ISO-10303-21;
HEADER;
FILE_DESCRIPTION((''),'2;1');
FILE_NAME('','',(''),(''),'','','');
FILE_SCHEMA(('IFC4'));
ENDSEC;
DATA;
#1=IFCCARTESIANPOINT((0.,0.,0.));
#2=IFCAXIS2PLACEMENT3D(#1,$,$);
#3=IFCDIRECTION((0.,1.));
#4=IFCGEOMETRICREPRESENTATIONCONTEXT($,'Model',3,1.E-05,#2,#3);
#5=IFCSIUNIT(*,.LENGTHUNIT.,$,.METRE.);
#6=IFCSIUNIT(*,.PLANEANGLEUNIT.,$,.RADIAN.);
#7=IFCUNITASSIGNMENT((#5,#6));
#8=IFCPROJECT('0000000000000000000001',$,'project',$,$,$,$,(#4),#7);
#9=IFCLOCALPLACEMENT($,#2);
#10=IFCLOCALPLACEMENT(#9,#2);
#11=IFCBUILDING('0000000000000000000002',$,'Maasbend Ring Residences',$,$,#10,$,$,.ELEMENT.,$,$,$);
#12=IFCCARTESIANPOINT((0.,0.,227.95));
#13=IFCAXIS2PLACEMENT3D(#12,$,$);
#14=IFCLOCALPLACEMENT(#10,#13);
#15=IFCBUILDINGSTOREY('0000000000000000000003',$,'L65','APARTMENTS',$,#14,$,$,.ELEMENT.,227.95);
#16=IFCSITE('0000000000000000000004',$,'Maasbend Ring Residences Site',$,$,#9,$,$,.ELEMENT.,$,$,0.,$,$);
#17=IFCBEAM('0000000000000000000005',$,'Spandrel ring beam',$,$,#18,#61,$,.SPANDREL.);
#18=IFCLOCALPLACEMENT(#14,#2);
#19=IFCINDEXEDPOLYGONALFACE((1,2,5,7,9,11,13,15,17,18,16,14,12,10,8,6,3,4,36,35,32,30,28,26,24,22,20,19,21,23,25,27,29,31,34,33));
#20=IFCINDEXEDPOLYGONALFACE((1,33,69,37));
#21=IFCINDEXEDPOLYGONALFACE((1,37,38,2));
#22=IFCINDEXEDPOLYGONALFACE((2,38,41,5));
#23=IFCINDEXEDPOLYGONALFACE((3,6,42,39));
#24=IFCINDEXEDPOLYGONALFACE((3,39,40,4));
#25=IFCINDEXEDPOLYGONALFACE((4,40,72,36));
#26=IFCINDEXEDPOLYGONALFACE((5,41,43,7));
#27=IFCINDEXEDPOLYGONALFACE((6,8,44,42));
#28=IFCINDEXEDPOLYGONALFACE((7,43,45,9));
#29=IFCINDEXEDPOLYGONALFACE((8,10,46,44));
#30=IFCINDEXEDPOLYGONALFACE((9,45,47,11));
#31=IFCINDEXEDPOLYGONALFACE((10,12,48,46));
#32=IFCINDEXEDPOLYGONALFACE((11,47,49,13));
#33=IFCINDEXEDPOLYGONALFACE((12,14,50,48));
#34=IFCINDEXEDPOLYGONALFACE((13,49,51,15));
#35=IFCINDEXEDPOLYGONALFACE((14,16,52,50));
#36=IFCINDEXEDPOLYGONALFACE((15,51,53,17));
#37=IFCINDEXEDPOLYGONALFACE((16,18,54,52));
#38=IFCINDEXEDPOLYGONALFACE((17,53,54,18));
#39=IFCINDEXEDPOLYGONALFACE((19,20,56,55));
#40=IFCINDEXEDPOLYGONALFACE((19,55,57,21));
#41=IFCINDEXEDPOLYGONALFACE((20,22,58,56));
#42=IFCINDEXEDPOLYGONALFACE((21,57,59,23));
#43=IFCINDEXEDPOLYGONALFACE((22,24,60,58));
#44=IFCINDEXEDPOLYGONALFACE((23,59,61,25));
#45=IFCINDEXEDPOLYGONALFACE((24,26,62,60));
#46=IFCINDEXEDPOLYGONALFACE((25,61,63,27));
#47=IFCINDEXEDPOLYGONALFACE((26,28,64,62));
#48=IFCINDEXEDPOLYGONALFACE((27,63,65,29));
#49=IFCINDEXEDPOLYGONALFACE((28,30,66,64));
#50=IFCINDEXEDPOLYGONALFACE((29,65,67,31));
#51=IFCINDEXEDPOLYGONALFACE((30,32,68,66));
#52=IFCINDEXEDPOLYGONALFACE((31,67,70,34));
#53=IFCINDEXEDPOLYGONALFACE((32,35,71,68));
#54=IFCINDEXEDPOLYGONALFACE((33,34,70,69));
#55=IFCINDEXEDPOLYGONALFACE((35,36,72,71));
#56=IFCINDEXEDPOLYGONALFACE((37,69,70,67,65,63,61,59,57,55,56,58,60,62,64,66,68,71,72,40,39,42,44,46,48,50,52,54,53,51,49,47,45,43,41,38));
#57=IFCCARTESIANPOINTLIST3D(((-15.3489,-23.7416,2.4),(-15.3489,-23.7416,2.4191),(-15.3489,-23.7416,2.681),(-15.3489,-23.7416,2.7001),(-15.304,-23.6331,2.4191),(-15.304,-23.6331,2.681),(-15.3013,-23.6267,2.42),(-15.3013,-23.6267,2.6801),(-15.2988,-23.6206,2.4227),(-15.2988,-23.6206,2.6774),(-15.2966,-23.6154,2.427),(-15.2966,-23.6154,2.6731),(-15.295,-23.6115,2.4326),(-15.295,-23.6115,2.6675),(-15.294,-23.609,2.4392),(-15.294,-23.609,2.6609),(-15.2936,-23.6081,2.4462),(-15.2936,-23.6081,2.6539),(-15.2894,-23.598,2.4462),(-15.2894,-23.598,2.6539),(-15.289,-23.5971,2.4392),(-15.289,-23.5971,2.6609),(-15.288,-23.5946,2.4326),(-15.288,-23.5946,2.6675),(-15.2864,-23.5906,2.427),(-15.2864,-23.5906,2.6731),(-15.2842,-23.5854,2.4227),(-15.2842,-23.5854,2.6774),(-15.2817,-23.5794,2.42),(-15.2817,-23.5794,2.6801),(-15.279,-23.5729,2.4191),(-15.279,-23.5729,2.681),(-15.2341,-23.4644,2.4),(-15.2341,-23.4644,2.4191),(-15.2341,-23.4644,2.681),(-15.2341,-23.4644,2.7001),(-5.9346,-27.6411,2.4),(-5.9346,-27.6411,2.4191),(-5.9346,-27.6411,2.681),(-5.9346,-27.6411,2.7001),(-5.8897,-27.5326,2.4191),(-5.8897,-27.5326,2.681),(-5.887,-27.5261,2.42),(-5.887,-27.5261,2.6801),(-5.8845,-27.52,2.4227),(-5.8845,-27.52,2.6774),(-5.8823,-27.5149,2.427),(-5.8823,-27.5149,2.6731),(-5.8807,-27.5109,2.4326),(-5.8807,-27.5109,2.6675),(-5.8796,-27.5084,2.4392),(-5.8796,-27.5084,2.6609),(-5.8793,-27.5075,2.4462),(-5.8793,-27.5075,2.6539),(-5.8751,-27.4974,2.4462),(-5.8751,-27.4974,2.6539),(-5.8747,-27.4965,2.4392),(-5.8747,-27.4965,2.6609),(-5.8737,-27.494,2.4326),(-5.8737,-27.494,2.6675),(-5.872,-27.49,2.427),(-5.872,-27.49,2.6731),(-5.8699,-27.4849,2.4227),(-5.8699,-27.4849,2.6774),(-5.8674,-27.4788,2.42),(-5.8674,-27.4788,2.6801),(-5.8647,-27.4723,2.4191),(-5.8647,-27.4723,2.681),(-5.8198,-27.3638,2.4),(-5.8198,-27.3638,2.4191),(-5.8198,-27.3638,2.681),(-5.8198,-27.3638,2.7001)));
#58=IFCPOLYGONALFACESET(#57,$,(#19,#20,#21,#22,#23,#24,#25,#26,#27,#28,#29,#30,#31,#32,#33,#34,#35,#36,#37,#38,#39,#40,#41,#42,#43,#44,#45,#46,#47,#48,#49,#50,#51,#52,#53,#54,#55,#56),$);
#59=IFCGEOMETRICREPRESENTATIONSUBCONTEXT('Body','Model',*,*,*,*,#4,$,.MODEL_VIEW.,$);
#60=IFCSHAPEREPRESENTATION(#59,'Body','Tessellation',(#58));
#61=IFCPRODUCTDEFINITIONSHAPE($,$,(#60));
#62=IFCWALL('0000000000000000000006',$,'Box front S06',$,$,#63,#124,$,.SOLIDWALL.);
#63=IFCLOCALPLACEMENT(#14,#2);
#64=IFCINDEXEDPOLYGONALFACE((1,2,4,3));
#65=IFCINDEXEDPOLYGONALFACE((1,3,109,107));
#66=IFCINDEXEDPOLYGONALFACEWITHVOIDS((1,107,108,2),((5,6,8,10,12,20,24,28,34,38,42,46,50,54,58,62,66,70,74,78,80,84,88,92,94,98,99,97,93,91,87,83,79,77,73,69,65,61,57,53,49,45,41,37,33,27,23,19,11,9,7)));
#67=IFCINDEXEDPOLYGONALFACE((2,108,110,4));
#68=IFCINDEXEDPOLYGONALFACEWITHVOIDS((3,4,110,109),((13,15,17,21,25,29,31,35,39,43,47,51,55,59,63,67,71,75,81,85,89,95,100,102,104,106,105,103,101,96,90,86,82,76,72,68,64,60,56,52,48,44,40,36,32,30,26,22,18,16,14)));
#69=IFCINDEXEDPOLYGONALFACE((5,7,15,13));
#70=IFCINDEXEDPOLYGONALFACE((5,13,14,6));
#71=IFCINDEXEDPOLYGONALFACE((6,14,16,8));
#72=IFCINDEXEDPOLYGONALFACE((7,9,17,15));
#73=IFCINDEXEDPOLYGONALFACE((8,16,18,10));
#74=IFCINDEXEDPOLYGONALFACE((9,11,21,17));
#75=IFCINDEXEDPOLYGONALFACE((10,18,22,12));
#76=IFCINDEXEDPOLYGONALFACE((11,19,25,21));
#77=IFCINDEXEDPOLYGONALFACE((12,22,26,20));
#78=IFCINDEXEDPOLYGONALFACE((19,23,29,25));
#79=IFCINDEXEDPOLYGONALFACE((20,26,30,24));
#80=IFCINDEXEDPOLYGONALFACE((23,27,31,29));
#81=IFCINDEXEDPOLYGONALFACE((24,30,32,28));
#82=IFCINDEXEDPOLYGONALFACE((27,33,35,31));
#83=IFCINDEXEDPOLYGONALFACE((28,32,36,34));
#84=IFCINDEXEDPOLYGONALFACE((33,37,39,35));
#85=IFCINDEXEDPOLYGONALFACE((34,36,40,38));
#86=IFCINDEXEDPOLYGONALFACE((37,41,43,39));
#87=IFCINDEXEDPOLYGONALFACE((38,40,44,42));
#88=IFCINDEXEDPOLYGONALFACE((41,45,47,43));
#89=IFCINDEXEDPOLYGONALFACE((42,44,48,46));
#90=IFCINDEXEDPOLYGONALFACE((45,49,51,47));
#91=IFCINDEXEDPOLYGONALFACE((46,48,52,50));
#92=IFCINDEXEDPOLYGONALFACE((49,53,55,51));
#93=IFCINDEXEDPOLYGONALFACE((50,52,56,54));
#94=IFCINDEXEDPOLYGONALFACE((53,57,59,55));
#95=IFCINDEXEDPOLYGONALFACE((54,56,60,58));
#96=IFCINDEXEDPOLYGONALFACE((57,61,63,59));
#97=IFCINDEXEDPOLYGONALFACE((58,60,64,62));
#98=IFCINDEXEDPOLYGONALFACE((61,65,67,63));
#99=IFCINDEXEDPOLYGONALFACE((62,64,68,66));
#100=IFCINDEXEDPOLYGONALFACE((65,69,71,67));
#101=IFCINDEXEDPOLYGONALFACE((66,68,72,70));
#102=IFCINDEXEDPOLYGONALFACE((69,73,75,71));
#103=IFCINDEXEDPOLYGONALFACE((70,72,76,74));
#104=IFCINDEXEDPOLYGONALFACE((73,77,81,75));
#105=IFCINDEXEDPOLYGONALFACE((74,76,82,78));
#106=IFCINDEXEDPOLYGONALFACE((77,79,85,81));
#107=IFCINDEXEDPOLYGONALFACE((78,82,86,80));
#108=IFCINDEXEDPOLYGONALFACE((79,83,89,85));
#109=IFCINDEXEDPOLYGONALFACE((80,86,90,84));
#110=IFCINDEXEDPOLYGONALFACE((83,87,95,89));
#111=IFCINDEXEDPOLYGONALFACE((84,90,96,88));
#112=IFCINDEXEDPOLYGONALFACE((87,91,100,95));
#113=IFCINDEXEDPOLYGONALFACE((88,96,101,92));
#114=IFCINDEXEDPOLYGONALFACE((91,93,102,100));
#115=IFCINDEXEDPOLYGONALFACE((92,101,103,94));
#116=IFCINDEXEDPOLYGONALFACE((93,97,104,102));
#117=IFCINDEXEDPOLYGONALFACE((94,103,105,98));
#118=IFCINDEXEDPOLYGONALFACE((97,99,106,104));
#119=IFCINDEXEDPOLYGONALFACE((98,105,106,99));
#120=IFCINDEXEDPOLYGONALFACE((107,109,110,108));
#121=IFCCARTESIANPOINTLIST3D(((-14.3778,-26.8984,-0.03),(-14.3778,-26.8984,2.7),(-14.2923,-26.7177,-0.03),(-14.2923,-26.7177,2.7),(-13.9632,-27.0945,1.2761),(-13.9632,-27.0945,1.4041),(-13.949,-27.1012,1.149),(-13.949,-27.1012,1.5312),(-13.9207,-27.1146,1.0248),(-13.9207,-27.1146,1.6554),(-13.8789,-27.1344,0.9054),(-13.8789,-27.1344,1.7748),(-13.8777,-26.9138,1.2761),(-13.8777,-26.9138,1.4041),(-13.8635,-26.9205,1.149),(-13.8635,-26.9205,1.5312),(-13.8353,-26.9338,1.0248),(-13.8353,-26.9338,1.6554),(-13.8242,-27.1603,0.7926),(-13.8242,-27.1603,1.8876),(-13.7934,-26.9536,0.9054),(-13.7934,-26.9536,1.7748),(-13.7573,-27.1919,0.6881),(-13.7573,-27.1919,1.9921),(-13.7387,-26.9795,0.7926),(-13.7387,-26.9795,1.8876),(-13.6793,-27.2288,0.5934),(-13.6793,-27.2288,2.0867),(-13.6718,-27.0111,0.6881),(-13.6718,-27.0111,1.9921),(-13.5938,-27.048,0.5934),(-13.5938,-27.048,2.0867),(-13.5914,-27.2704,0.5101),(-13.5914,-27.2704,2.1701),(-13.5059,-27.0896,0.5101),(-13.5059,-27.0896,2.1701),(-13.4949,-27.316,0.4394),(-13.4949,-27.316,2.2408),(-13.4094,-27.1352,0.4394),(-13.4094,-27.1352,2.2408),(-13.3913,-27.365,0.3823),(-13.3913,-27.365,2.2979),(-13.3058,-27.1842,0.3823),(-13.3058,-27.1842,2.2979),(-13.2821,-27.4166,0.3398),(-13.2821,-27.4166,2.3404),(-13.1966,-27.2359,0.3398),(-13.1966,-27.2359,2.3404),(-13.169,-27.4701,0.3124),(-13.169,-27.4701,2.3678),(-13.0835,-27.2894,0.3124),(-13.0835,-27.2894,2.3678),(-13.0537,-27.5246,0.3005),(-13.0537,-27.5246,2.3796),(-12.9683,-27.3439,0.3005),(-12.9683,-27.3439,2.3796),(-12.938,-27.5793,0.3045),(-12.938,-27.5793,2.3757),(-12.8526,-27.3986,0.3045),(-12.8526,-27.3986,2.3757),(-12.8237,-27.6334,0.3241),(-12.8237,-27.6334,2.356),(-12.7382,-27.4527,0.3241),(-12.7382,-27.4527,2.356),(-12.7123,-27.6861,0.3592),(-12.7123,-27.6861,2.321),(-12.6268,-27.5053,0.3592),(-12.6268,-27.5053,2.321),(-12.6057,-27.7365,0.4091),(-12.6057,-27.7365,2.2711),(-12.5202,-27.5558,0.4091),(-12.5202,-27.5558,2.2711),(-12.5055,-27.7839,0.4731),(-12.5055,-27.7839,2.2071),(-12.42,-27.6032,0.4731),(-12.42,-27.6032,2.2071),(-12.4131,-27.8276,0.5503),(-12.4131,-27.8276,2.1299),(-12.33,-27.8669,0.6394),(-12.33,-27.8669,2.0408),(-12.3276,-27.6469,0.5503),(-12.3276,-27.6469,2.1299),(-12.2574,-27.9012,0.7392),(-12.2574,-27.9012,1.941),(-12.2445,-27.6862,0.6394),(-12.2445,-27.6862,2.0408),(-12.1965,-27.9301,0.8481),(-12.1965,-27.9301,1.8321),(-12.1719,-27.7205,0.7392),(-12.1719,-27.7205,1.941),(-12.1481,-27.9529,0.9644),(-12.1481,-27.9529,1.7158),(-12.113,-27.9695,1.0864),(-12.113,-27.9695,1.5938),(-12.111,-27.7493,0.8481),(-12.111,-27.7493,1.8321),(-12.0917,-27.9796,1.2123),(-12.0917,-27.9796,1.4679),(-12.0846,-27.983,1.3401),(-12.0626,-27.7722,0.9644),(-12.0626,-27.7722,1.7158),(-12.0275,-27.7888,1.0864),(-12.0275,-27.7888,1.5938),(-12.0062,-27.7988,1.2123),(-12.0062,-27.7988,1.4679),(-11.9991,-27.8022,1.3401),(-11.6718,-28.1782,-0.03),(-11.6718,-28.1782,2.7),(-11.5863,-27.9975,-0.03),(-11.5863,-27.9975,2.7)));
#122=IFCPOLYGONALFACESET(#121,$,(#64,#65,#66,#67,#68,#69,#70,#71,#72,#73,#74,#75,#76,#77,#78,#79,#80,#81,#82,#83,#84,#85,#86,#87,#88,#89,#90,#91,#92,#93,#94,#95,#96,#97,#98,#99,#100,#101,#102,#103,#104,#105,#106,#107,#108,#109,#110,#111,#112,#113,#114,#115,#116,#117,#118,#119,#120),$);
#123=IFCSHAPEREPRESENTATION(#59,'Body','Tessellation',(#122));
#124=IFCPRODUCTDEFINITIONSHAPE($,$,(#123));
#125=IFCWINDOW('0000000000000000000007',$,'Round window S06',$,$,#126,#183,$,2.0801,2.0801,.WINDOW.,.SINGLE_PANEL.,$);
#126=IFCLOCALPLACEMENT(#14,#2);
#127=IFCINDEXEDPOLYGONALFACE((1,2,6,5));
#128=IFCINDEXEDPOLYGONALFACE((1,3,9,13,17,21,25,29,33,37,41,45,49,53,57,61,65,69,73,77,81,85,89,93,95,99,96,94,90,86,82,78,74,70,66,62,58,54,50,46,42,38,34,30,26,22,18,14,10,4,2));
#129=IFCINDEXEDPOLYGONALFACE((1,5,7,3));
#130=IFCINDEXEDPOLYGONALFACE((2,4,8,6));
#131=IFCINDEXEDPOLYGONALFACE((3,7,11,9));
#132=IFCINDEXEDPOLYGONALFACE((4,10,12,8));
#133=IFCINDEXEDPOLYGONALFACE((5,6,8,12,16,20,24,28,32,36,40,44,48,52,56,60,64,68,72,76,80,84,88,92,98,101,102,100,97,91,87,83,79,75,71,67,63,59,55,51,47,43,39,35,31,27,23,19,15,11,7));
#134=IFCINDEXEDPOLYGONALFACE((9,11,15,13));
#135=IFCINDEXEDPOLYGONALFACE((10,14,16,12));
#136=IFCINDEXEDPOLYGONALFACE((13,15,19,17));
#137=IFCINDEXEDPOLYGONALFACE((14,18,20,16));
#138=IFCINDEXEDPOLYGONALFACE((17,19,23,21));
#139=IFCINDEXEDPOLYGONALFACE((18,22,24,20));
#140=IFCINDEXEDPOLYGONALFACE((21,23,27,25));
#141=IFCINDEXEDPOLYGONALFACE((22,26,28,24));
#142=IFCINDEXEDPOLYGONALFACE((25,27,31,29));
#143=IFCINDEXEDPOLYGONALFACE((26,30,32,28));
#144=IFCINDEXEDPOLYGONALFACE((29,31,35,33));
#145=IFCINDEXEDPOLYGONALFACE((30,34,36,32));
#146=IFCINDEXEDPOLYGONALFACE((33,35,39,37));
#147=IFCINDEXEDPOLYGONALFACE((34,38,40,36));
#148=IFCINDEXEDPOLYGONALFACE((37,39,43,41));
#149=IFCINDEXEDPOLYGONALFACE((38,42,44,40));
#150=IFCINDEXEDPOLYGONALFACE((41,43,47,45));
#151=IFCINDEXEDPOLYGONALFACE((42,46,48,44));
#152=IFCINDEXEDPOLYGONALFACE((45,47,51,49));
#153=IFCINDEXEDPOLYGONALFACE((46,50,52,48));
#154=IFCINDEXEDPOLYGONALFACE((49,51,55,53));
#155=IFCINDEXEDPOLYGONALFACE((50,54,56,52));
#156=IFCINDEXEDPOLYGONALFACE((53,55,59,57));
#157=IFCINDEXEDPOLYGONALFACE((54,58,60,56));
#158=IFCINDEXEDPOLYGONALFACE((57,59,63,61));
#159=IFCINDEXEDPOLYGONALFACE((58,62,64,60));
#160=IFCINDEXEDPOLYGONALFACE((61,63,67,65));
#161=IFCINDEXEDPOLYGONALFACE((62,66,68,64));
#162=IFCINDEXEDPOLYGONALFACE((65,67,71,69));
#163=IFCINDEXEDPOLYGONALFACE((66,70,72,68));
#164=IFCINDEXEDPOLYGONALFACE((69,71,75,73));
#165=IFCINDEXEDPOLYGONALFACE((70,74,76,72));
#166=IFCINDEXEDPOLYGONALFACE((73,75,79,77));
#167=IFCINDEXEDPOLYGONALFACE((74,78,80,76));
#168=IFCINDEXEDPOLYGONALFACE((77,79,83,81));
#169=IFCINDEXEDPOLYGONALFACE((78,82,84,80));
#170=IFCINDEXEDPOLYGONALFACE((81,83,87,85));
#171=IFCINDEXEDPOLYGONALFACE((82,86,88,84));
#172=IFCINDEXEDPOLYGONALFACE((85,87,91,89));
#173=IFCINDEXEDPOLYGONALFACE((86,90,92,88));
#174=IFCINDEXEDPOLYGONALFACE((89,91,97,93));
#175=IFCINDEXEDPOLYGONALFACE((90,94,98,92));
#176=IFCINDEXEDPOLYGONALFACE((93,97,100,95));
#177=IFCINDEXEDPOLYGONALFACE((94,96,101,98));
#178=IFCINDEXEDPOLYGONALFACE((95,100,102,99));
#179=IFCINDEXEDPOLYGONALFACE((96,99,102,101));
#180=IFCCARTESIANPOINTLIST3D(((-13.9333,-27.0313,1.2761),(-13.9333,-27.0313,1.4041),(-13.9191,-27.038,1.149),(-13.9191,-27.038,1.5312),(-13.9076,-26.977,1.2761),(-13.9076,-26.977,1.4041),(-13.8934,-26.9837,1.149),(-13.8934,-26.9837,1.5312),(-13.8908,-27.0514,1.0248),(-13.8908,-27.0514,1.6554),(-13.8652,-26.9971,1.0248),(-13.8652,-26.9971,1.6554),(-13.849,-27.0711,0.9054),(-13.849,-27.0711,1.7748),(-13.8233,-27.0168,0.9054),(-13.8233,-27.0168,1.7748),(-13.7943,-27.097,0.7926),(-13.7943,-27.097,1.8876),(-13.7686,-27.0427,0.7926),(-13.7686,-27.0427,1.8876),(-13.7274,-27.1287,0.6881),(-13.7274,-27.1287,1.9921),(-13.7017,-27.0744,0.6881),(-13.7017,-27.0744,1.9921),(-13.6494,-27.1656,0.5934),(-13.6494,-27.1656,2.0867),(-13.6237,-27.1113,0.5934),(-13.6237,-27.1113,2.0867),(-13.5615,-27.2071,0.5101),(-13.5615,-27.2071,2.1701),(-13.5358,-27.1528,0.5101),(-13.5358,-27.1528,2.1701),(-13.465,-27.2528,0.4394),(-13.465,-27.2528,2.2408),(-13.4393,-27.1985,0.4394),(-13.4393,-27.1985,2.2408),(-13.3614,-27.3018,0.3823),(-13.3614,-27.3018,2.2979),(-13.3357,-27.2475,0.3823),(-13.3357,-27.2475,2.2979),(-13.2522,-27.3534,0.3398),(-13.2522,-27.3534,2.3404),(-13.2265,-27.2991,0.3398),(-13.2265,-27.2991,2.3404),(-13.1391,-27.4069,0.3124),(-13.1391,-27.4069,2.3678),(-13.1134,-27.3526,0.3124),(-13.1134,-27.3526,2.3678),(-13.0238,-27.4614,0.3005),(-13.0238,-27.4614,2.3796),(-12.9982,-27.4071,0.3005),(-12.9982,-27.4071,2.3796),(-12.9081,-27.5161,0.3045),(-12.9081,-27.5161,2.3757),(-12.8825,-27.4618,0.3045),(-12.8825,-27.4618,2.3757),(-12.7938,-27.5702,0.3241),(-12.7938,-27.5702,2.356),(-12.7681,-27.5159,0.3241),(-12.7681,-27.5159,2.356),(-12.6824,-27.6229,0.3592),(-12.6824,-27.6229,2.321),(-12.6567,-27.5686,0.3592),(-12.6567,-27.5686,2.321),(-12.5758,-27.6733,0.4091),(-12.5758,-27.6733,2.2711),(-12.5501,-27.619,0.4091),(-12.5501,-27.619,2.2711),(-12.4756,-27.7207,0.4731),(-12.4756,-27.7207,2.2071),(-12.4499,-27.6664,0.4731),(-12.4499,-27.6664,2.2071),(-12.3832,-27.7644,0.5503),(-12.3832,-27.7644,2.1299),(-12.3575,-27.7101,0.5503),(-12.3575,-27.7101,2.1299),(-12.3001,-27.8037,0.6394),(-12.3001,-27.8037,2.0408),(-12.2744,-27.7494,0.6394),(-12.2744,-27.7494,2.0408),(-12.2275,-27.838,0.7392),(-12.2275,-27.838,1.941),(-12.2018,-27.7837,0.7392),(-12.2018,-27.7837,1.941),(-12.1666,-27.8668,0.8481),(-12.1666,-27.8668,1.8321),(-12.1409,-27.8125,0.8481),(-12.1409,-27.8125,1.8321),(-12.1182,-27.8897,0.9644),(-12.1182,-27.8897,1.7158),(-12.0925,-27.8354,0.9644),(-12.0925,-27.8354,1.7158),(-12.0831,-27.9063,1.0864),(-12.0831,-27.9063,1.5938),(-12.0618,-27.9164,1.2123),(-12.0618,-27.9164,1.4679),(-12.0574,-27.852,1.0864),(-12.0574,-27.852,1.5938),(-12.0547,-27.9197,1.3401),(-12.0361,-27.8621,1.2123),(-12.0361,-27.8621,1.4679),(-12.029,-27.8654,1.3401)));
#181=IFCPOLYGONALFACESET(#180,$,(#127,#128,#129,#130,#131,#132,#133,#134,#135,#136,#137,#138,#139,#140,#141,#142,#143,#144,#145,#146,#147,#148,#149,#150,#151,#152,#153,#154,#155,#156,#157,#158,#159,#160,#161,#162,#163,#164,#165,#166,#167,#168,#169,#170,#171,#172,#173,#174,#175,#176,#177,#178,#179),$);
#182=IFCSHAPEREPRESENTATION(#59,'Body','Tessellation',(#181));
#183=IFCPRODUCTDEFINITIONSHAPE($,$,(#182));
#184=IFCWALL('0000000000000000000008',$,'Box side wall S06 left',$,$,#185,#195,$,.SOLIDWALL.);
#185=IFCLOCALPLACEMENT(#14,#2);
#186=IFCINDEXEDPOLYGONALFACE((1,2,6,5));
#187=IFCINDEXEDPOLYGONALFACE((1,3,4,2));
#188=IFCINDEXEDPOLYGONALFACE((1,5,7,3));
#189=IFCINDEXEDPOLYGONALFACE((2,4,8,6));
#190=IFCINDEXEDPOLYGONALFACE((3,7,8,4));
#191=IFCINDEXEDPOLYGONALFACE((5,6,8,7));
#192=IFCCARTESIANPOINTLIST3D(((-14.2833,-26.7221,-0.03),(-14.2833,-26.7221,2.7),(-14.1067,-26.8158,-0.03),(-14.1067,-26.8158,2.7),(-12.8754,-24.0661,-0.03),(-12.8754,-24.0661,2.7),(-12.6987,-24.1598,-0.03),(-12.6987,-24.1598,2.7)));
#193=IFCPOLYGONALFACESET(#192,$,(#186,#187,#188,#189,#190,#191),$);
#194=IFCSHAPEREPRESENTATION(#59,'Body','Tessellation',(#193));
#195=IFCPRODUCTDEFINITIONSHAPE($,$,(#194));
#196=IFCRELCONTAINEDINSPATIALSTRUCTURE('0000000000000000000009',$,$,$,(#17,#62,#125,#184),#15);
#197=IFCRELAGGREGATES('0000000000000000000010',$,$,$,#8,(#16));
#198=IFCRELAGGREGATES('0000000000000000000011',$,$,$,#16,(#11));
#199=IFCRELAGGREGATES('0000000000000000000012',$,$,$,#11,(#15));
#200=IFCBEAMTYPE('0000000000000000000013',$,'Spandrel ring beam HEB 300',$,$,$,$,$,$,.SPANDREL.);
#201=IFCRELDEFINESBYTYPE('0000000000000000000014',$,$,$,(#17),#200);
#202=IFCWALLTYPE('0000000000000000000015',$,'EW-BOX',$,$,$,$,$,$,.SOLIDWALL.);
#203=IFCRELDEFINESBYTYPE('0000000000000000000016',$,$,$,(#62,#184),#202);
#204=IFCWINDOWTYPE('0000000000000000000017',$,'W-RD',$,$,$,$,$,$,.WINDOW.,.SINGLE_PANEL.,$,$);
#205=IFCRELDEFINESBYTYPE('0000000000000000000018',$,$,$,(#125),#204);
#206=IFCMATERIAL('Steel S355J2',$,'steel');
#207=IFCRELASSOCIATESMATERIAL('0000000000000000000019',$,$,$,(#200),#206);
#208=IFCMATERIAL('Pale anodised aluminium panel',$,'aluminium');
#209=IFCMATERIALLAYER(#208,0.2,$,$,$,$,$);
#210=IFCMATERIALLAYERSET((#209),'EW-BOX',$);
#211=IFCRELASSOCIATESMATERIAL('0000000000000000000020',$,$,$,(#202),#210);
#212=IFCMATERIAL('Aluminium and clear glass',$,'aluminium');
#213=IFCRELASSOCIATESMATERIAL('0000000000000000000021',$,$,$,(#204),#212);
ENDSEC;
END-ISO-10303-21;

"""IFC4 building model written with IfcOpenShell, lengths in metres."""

from ifc_helpers import new_model, si_unit, direction, frame, frame_2d, origin, origin_2d, place, context, subcontext, project, spatial, rectangle, circle, i_section, extrude, material, layer, layer_set, material_profile, profile_set, type_object, element, fill, save


model = new_model("IFC4")

# Units and contexts
model_context = context("Model", 3, precision=1e-05, world=origin(), true_north=direction((0.0, 1.0)))
body_context = subcontext(model_context, "Body", "Model", "MODEL_VIEW")
ifc_project = project(units=[si_unit("LENGTHUNIT", "METRE"), si_unit("PLANEANGLEUNIT", "RADIAN")], contexts=[model_context])

# Site, building, storey
site_placement = place(None, origin())
site = spatial("IfcSite", under=ifc_project, at=site_placement, Name="Maasbend Ring Residences Site", CompositionType="ELEMENT", RefElevation=0.0)
building_placement = place(site_placement, origin())
building = spatial("IfcBuilding", under=site, at=building_placement, Name="Maasbend Ring Residences", CompositionType="ELEMENT")
storey_placement = place(building_placement, frame((0.0, 0.0, 227.95)))
storey = spatial("IfcBuildingStorey", under=building, at=storey_placement, Name="L65", Description="APARTMENTS", CompositionType="ELEMENT", Elevation=227.95)

# Beam
ifc_material_1 = material(Name="Steel S355J2", Category="steel")
ifc_material_profile_1 = material_profile(ifc_material_1, i_section(OverallWidth=0.3, OverallDepth=0.3, WebThickness=0.011, FlangeThickness=0.019, FilletRadius=0.0271, at=origin_2d()), Name="HEB 300")
ifc_profile_set_1 = profile_set([ifc_material_profile_1], Name="Steel S355J2")
beam_type_1 = type_object("IfcBeamType", Name="Spandrel ring beam HEB 300", PredefinedType="SPANDREL", material=ifc_profile_set_1)
beam_1_placement = place(storey_placement, frame((-15.2915, -23.603, 2.55), z_axis=(0.923884, -0.382673, 0.0), x_axis=(0.382673, 0.923884, 0.0)))
element("IfcBeam", 1, at=beam_1_placement, inside=storey, type_object=beam_type_1, Name="Spandrel ring beam", PredefinedType="SPANDREL", context=body_context, shape_type="SweptSolid", body=[
    extrude(i_section(OverallWidth=0.3, OverallDepth=0.3, WebThickness=0.011, FlangeThickness=0.019, FilletRadius=0.0271, at=origin_2d()), origin(), (0.0, 0.0, 1.0), 10.1899),
])

# Wall, opening, window
ifc_material_2 = material(Name="Pale anodised aluminium panel", Category="aluminium")
ifc_layer_1 = layer(ifc_material_2, 0.2)
ifc_layer_set_1 = layer_set([ifc_layer_1], Name="EW-BOX")
wall_type_1 = type_object("IfcWallType", Name="EW-BOX", PredefinedType="SOLIDWALL", material=ifc_layer_set_1)
wall_1_placement = place(storey_placement, frame((-14.335, -26.8081, -0.03), z_axis=(0.0, 0.0, 1.0), x_axis=(0.904, -0.427532, 0.0)))
wall_1 = element("IfcWall", 2, at=wall_1_placement, inside=storey, type_object=wall_type_1, Name="Box front S06", PredefinedType="SOLIDWALL", context=body_context, shape_type="SweptSolid", body=[
    extrude(rectangle(XDim=2.9934, YDim=0.2, at=frame_2d((1.4966, 0.0))), origin(), (0.0, 0.0, 1.0), 2.73),
])
opening_1_placement = place(wall_1_placement, frame((0.4565, 0.0, 0.3301)))
opening_1 = element("IfcOpeningElement", 3, at=opening_1_placement, cuts=wall_1, PredefinedType="OPENING", context=body_context, shape_type="SweptSolid", body=[
    extrude(circle(Radius=1.04, at=frame_2d((1.04, 1.04))), frame((0.0, 0.1099, 0.0), z_axis=(0.0, -1.0, 0.0), x_axis=(1.0, 0.0, 0.0)), (0.0, 0.0, 1.0), 0.22),
])
ifc_material_3 = material(Name="Aluminium and clear glass", Category="aluminium")
window_type_1 = type_object("IfcWindowType", Name="W-RD", PartitioningType="SINGLE_PANEL", PredefinedType="WINDOW", material=ifc_material_3)
window_1_placement = place(opening_1_placement, origin())
window_1 = element("IfcWindow", 4, at=window_1_placement, inside=storey, type_object=window_type_1, Name="Round window S06", OverallHeight=2.0801, OverallWidth=2.0801, PartitioningType="SINGLE_PANEL", PredefinedType="WINDOW", context=body_context, shape_type="SweptSolid", body=[
    extrude(circle(Radius=1.04, at=frame_2d((1.04, 1.04))), frame((0.0, 0.03, 0.0), z_axis=(0.0, -1.0, 0.0), x_axis=(1.0, 0.0, 0.0)), (0.0, 0.0, 1.0), 0.0601),
])
fill(opening_1, window_1)

# Wall
wall_2_placement = place(storey_placement, frame((-12.7871, -24.113, -0.03), z_axis=(0.0, 0.0, 1.0), x_axis=(-0.468365, -0.883535, 0.0)))
element("IfcWall", 5, at=wall_2_placement, inside=storey, type_object=wall_type_1, Name="Box side wall S06 left", PredefinedType="SOLIDWALL", context=body_context, shape_type="SweptSolid", body=[
    extrude(rectangle(XDim=3.0061, YDim=0.2, at=frame_2d((1.5029, 0.0))), origin(), (0.0, 0.0, 1.0), 2.73),
])

save(model, "model.ifc")
